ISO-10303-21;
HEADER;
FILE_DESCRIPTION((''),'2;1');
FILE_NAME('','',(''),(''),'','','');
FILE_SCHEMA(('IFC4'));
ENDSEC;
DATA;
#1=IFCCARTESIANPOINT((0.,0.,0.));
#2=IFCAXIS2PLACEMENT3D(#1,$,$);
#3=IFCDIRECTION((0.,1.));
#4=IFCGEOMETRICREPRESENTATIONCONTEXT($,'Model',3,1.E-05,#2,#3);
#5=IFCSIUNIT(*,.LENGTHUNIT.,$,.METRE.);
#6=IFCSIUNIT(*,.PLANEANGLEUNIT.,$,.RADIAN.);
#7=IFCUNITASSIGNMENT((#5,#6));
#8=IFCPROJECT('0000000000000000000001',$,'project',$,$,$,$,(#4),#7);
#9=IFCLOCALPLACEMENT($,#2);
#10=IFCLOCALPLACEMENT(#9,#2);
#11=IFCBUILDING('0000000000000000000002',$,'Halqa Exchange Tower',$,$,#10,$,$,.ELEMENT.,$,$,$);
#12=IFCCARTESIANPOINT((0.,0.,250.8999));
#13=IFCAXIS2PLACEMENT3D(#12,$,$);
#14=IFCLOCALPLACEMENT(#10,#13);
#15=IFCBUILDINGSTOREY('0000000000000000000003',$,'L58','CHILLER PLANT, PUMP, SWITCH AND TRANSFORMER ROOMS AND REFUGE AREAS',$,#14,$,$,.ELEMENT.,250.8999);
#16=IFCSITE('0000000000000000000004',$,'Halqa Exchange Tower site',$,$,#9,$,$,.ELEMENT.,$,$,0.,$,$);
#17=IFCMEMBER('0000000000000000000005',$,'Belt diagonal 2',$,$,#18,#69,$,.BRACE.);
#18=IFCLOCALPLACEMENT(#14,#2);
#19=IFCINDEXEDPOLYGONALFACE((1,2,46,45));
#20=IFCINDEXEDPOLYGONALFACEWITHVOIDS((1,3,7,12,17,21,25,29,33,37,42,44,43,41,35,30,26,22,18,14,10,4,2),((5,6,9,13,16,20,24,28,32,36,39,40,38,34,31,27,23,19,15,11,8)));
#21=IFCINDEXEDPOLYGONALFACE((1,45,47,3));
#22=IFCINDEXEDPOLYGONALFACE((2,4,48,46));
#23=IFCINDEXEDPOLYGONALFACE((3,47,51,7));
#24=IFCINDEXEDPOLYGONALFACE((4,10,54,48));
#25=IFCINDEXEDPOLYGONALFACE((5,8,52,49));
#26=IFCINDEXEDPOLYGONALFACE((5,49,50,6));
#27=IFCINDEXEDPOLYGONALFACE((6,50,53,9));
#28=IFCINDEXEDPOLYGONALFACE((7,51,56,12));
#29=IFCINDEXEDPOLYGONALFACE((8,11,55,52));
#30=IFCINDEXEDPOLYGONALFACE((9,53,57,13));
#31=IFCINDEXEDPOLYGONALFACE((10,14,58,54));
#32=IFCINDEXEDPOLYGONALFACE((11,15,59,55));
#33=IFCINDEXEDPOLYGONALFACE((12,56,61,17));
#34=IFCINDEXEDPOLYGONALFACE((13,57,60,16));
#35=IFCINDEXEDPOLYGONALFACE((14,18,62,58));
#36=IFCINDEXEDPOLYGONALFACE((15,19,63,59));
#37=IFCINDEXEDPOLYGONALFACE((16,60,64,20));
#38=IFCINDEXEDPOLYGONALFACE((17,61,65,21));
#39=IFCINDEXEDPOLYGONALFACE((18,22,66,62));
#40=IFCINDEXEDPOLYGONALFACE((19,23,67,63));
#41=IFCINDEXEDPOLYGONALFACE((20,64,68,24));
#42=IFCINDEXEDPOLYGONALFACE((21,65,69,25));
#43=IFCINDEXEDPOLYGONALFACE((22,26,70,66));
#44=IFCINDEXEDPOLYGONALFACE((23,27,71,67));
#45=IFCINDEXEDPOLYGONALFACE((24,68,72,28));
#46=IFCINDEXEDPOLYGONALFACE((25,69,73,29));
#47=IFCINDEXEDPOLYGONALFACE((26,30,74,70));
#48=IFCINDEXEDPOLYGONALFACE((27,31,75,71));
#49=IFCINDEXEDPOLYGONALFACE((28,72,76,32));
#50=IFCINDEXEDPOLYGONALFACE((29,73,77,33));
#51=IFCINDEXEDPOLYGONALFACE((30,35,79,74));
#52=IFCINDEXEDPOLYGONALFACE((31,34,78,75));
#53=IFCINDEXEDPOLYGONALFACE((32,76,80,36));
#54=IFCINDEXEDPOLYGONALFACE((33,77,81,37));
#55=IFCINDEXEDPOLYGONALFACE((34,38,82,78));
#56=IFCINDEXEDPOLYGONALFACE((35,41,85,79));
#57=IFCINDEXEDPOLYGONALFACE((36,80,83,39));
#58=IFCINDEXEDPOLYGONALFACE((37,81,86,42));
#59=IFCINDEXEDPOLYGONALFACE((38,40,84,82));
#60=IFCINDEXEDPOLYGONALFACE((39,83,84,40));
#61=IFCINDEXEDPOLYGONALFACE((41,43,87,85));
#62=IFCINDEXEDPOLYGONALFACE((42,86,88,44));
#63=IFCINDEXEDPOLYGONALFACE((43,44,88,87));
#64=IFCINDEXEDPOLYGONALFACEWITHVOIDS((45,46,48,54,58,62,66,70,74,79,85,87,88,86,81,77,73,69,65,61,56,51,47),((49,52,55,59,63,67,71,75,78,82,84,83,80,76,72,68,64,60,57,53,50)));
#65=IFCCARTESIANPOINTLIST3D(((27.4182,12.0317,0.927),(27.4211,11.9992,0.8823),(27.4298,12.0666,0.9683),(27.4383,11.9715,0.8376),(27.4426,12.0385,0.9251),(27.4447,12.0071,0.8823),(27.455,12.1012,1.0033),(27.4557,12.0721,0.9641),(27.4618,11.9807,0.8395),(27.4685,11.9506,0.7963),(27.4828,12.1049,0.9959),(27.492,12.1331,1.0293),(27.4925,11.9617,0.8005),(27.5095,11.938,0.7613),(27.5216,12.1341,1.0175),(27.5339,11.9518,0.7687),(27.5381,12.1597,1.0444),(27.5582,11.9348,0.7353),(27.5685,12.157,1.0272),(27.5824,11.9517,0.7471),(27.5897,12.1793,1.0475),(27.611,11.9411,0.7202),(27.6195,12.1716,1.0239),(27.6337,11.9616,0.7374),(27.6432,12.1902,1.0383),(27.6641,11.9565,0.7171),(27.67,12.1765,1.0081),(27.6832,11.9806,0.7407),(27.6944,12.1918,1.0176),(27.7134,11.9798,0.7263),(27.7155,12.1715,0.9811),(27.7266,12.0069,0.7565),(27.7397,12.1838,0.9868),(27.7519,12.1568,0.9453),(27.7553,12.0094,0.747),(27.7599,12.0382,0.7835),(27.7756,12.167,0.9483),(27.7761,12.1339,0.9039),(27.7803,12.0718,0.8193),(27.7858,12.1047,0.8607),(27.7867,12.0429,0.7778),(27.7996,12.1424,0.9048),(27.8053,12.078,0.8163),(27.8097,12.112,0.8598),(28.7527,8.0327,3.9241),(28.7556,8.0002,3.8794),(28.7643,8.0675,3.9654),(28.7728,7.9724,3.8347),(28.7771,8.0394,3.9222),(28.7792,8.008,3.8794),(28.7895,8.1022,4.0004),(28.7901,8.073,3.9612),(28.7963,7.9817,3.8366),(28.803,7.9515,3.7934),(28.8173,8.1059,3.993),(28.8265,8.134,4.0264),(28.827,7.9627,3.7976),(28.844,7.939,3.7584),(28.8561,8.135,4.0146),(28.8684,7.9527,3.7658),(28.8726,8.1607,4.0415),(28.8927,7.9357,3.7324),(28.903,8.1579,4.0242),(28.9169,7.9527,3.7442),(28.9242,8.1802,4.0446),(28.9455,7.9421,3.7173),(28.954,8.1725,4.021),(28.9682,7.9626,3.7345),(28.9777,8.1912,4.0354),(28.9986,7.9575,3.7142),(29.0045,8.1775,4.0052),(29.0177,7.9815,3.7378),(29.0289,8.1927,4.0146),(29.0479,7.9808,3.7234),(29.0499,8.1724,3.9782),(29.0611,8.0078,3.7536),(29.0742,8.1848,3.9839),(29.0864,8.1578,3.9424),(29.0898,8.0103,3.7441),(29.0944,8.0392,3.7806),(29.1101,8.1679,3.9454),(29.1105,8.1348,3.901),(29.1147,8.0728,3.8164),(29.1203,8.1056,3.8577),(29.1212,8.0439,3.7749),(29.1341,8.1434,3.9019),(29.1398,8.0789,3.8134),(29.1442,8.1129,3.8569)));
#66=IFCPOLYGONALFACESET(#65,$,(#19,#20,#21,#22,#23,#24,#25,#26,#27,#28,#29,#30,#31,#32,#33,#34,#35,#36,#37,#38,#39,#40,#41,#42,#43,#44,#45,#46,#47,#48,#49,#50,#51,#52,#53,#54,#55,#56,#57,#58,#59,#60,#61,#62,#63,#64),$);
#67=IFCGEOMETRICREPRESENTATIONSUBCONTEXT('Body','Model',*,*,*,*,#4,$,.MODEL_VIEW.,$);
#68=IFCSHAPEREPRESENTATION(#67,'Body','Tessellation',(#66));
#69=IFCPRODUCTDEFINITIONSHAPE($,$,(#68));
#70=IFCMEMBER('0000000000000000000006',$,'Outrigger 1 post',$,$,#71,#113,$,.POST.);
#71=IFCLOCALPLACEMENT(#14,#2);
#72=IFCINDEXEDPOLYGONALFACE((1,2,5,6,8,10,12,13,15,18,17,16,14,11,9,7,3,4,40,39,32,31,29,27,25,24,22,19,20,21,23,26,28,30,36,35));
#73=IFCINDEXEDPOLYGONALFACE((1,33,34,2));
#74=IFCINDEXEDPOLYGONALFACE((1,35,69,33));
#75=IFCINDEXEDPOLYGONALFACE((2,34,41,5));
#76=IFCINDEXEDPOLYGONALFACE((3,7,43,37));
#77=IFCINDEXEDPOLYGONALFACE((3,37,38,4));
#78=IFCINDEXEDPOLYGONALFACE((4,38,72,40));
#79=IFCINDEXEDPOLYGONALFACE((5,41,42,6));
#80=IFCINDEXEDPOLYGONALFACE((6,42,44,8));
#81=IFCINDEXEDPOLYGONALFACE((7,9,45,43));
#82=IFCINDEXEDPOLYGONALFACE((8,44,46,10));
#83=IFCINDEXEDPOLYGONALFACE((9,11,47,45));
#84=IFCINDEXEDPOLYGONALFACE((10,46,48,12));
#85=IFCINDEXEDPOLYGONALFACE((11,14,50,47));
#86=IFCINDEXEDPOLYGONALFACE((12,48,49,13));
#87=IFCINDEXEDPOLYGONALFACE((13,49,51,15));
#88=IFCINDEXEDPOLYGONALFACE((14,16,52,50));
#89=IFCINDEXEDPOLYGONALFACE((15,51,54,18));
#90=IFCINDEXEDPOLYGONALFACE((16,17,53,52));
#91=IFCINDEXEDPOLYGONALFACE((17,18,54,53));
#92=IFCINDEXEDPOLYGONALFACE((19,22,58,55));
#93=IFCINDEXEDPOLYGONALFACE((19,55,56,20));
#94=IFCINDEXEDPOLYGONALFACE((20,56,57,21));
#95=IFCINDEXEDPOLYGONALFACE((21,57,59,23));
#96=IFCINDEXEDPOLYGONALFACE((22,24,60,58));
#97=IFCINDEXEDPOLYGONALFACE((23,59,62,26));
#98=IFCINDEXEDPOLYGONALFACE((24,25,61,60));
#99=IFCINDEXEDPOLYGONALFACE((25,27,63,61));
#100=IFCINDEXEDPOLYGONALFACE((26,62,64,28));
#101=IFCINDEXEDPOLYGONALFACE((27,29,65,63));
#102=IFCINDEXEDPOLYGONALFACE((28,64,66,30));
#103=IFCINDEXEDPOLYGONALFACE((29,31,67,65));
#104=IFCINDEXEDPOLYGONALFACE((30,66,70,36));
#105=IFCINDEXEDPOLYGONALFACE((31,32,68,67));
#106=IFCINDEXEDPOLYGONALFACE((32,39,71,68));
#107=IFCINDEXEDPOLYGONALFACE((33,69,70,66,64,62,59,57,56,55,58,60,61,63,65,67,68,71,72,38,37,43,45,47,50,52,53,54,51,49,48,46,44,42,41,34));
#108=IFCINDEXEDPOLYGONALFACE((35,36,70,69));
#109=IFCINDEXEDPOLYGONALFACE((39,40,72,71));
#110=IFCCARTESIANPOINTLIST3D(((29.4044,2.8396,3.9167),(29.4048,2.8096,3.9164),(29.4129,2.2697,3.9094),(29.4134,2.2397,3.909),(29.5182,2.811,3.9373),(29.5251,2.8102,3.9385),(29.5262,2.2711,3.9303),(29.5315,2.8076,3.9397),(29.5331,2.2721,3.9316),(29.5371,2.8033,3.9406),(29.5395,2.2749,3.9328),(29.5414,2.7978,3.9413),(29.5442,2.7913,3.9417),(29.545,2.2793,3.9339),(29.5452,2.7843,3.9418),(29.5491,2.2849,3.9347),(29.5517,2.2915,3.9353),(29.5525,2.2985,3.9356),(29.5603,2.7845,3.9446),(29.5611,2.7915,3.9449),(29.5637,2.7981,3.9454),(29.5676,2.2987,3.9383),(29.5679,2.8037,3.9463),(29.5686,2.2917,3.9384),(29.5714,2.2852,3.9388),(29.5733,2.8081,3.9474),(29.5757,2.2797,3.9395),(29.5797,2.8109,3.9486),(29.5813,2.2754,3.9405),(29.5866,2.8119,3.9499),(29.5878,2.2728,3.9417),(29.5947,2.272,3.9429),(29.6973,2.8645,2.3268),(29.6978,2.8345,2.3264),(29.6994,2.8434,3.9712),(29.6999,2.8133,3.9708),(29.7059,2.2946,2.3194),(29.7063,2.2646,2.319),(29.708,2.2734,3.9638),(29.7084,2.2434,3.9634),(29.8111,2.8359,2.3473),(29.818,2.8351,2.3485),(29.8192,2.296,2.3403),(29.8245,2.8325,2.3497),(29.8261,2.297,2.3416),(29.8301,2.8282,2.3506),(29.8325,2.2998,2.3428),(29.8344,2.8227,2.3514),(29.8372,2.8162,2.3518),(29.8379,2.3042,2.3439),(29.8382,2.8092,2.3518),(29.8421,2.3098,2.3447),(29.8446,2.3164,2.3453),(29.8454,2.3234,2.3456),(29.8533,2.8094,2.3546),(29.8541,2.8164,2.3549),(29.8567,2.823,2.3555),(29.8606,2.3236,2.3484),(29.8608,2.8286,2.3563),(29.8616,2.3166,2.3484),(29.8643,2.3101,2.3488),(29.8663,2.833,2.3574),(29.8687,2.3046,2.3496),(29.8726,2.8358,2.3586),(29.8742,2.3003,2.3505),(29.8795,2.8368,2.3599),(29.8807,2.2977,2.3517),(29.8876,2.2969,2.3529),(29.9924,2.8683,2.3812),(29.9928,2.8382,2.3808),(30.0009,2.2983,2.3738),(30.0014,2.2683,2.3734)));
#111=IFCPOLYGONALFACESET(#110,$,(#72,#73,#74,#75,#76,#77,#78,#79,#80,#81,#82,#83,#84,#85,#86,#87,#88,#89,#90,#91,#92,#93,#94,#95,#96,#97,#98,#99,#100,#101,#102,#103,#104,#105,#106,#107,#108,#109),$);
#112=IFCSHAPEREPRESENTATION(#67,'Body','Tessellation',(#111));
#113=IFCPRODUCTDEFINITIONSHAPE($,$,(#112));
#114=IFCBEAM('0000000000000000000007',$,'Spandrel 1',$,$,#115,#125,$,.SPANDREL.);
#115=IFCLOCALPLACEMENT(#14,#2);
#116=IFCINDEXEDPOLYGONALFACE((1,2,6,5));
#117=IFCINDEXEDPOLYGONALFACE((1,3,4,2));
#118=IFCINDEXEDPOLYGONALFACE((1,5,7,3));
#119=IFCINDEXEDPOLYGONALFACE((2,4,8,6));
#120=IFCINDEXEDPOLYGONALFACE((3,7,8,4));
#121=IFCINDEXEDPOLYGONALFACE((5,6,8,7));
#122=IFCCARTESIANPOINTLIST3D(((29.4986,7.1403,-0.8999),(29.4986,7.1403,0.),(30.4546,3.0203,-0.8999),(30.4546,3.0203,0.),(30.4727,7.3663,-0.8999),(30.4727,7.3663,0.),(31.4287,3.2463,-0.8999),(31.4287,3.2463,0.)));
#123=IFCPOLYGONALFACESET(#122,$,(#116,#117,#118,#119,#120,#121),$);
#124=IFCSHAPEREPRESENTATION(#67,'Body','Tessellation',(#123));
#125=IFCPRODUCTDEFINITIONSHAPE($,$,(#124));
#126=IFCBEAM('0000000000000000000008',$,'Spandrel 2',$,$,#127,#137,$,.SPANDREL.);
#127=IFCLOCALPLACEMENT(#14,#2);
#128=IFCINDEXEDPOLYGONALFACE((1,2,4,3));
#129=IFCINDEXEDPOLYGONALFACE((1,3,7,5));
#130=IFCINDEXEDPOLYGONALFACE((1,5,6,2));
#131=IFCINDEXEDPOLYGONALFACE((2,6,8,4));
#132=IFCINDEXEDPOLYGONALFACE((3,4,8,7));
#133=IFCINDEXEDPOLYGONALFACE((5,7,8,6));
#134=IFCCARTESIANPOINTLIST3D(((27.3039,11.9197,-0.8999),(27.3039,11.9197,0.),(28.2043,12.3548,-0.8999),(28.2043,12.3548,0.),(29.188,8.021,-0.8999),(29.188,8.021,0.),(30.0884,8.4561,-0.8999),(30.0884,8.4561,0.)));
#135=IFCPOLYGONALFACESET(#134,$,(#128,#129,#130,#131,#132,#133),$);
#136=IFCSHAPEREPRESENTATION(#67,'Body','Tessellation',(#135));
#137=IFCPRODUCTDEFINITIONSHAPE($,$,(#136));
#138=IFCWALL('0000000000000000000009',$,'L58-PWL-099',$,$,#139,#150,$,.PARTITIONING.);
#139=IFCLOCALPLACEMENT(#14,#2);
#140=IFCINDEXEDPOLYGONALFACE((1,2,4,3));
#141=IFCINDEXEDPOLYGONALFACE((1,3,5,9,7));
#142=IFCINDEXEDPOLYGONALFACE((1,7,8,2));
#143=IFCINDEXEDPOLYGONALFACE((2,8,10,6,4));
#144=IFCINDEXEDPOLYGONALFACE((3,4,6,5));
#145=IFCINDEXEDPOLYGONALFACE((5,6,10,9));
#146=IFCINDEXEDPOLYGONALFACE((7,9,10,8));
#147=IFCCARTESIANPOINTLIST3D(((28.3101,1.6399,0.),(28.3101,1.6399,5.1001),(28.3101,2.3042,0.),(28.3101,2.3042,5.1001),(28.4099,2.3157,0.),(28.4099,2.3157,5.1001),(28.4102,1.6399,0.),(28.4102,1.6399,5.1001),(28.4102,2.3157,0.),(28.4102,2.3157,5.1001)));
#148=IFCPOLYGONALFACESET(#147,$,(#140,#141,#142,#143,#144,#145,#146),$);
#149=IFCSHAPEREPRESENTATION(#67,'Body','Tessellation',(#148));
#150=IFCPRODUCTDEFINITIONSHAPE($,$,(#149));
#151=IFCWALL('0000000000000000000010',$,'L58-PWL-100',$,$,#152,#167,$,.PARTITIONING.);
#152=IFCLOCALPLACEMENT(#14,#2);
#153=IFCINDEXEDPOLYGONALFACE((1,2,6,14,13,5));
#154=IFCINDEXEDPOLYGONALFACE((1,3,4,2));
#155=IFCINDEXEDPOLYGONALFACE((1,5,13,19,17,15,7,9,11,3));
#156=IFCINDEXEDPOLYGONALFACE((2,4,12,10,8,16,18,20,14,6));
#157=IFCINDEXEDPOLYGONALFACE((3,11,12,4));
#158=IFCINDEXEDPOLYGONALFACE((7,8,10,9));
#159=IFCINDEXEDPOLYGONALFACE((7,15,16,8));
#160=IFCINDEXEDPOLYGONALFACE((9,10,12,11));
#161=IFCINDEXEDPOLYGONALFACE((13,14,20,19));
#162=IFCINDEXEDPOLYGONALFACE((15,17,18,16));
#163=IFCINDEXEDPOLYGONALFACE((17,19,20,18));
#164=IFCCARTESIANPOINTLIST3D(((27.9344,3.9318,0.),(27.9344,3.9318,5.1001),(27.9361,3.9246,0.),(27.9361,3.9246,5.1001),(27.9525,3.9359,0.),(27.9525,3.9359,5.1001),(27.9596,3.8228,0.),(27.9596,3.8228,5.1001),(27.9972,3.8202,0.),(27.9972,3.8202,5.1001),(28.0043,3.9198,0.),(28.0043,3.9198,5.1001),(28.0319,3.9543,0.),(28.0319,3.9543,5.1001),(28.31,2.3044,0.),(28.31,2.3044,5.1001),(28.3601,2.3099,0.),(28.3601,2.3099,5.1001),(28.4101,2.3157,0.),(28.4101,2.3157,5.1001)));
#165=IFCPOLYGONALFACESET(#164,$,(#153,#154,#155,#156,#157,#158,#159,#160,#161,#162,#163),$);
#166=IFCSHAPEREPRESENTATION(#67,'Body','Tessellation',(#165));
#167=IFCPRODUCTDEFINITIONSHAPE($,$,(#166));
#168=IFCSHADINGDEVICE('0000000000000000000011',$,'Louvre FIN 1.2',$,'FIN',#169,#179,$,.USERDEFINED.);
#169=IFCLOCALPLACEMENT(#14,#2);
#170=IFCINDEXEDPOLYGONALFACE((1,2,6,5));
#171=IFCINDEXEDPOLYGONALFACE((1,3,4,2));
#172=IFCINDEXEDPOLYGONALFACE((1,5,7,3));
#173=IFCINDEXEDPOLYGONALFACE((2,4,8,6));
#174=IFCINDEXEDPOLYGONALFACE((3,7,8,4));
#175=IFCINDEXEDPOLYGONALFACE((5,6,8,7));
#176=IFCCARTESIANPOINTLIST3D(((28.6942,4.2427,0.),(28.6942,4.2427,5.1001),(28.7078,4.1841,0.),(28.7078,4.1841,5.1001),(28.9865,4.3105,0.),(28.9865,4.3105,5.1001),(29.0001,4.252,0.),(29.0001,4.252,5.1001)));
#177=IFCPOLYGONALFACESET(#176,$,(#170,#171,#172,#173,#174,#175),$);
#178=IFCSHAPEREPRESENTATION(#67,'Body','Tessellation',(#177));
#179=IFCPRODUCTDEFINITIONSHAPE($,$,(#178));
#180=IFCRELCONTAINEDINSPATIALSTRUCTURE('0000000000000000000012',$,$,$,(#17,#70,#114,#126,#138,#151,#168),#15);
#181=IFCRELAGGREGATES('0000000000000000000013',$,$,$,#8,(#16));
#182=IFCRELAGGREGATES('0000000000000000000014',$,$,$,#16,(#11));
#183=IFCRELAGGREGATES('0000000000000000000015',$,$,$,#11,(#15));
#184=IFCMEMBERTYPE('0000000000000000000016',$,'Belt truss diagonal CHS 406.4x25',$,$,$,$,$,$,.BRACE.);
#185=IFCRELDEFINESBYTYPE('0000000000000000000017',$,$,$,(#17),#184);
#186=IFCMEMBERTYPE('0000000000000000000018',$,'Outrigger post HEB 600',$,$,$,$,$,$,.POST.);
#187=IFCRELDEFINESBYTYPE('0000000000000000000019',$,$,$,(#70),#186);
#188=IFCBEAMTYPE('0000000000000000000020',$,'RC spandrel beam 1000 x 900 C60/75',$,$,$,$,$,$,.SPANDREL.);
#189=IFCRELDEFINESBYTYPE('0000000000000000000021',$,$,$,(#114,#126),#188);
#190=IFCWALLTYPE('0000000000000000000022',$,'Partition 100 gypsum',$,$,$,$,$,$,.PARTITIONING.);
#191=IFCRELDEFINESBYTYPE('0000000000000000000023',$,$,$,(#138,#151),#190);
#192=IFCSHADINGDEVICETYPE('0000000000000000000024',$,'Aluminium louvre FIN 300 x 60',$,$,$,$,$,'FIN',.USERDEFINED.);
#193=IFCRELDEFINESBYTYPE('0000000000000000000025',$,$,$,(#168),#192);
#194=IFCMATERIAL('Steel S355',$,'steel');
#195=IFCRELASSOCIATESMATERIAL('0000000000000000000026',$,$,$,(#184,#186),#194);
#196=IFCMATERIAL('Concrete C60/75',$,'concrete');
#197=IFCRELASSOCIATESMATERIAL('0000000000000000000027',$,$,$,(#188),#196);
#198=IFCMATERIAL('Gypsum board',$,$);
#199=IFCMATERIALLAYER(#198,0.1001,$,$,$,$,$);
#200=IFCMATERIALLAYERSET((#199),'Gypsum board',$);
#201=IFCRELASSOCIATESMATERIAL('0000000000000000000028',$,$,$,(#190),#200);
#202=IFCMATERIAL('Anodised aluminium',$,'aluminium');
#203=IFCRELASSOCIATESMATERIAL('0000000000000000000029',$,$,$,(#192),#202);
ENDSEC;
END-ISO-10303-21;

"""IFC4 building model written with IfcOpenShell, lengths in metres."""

from ifc_helpers import new_model, si_unit, direction, frame, origin, origin_2d, place, context, subcontext, project, spatial, polyline, rectangle, hollow_circle, i_section, outline, extrude, material, layer, layer_set, material_profile, profile_set, type_object, element, save


model = new_model("IFC4")

# Units and contexts
model_context = context("Model", 3, precision=1e-05, world=origin(), true_north=direction((0.0, 1.0)))
body_context = subcontext(model_context, "Body", "Model", "MODEL_VIEW")
ifc_project = project(units=[si_unit("LENGTHUNIT", "METRE"), si_unit("PLANEANGLEUNIT", "RADIAN")], contexts=[model_context])

# Site, building, storey
site_placement = place(None, origin())
site = spatial("IfcSite", under=ifc_project, at=site_placement, Name="Halqa Exchange Tower site", CompositionType="ELEMENT", RefElevation=0.0)
building_placement = place(site_placement, origin())
building = spatial("IfcBuilding", under=site, at=building_placement, Name="Halqa Exchange Tower", CompositionType="ELEMENT")
storey_placement = place(building_placement, frame((0.0, 0.0, 250.8999)))
storey = spatial("IfcBuildingStorey", under=building, at=storey_placement, Name="L58", Description="CHILLER PLANT, PUMP, SWITCH AND TRANSFORMER ROOMS AND REFUGE AREAS", CompositionType="ELEMENT", Elevation=250.8999)

# Shared definitions
ifc_material_1 = material(Name="Concrete C60/75", Category="concrete")

# Members
ifc_material_2 = material(Name="Steel S355", Category="steel")
ifc_material_profile_1 = material_profile(ifc_material_2, hollow_circle(Radius=0.2031, WallThickness=0.0249, at=origin_2d()), Name="CHS 406.4x25")
ifc_profile_set_1 = profile_set([ifc_material_profile_1], Name="Steel S355")
member_type_1 = type_object("IfcMemberType", Name="Belt truss diagonal CHS 406.4x25", PredefinedType="BRACE", material=ifc_profile_set_1)
member_1_placement = place(storey_placement, frame((28.9482, 8.0645, 3.8794), z_axis=(-0.25799, 0.773122, -0.579417), x_axis=(-0.948579, -0.31654, 0.0)))
element("IfcMember", 1, at=member_1_placement, inside=storey, type_object=member_type_1, Name="Belt diagonal 2", PredefinedType="BRACE", context=body_context, shape_type="SweptSolid", body=[
    extrude(hollow_circle(Radius=0.2031, WallThickness=0.0249, at=origin_2d()), origin(), (0.0, 0.0, 1.0), 5.1726),
])
ifc_material_profile_2 = material_profile(ifc_material_2, i_section(OverallWidth=0.3, OverallDepth=0.6001, WebThickness=0.0154, FlangeThickness=0.03, FilletRadius=0.0271, at=origin_2d()), Name="HEB 600")
ifc_profile_set_2 = profile_set([ifc_material_profile_2], Name="Steel S355")
member_type_2 = type_object("IfcMemberType", Name="Outrigger post HEB 600", PredefinedType="POST", material=ifc_profile_set_2)
member_2_placement = place(storey_placement, frame((29.8494, 2.5664, 2.3501), z_axis=(-0.181176, -0.0154, 0.98333), x_axis=(0.983337, 0.012387, 0.181371)))
element("IfcMember", 2, at=member_2_placement, inside=storey, type_object=member_type_2, Name="Outrigger 1 post", PredefinedType="POST", context=body_context, shape_type="SweptSolid", body=[
    extrude(i_section(OverallWidth=0.3, OverallDepth=0.6001, WebThickness=0.0154, FlangeThickness=0.03, FilletRadius=0.0271, at=origin_2d()), origin(), (0.0, 0.0, 1.0), 1.6169),
])

# Beams
ifc_material_profile_3 = material_profile(ifc_material_1, rectangle(XDim=1.0, YDim=0.8999, at=origin_2d()), Name="1000 x 900")
ifc_profile_set_3 = profile_set([ifc_material_profile_3], Name="Concrete C60/75")
beam_type = type_object("IfcBeamType", Name="RC spandrel beam 1000 x 900 C60/75", PredefinedType="SPANDREL", material=ifc_profile_set_3)
beam_1_placement = place(storey_placement, frame((30.9417, 3.1333, -0.45), z_axis=(-0.22604, 0.974118, 0.0), x_axis=(-0.974118, -0.22604, 0.0)))
element("IfcBeam", 3, at=beam_1_placement, inside=storey, type_object=beam_type, Name="Spandrel 1", PredefinedType="SPANDREL", context=body_context, shape_type="SweptSolid", body=[
    extrude(rectangle(XDim=1.0, YDim=0.8999, at=origin_2d()), origin(), (0.0, 0.0, 1.0), 4.2295),
])
beam_2_placement = place(storey_placement, frame((29.6382, 8.2385, -0.45), z_axis=(-0.435107, 0.900379, 0.0), x_axis=(-0.900379, -0.435107, 0.0)))
element("IfcBeam", 4, at=beam_2_placement, inside=storey, type_object=beam_type, Name="Spandrel 2", PredefinedType="SPANDREL", context=body_context, shape_type="SweptSolid", body=[
    extrude(rectangle(XDim=1.0, YDim=0.8999, at=origin_2d()), origin(), (0.0, 0.0, 1.0), 4.3301),
])

# Walls
ifc_material_3 = material(Name="Gypsum board")
ifc_layer_1 = layer(ifc_material_3, 0.1001)
ifc_layer_set_1 = layer_set([ifc_layer_1], Name="Gypsum board")
wall_type = type_object("IfcWallType", Name="Partition 100 gypsum", PredefinedType="PARTITIONING", material=ifc_layer_set_1)
wall_1_placement = place(storey_placement, frame((28.3601, 1.6399, 0.0), z_axis=(0.0, 0.0, 1.0), x_axis=(0.0, 1.0, 0.0)))
element("IfcWall", 5, at=wall_1_placement, inside=storey, type_object=wall_type, Name="L58-PWL-099", PredefinedType="PARTITIONING", context=body_context, shape_type="SweptSolid", body=[
    extrude(outline(polyline([(0.6758, -0.05), (0.6758, -0.0498), (0.6643, 0.05), (0.0, 0.05), (0.0, -0.05), (0.6758, -0.05)])), origin(), (0.0, 0.0, 1.0), 5.1001),
])
wall_2_placement = place(storey_placement, frame((28.3613, 2.3044, 0.0), z_axis=(0.0, 0.0, 1.0), x_axis=(-0.22487, 0.974389, 0.0)))
element("IfcWall", 6, at=wall_2_placement, inside=storey, type_object=wall_type, Name="L58-PWL-100", PredefinedType="PARTITIONING", context=body_context, shape_type="SweptSolid", body=[
    extrude(outline(polyline([(1.6816, -0.05), (1.6816, 0.0315), (1.6816, 0.05), (1.6743, 0.05), (1.6543, -0.0154), (1.5588, 0.0139), (1.5698, 0.05), (0.0115, 0.05), (0.0056, 0.0), (0.0, -0.05), (0.0, -0.05), (0.0, -0.05), (1.6816, -0.05)])), origin(), (0.0, 0.0, 1.0), 5.1001),
])

# Shading device
ifc_material_4 = material(Name="Anodised aluminium", Category="aluminium")
ifc_material_profile_4 = material_profile(ifc_material_4, rectangle(XDim=0.3, YDim=0.0601, at=origin_2d()), Name="AL FIN 300x60")
ifc_profile_set_4 = profile_set([ifc_material_profile_4], Name="Anodised aluminium")
shading_device_type = type_object("IfcShadingDeviceType", Name="Aluminium louvre FIN 300 x 60", ElementType="FIN", PredefinedType="USERDEFINED", material=ifc_profile_set_4)
for number, where, z_axis, x_axis, name in (
    (7, (28.8472, 4.2473, 0.0), (0.0, 0.0, 1.0), (-0.974113, -0.226061, 0.0), "Louvre FIN 1.2"),
):
    element("IfcShadingDevice", number, at=place(storey_placement, frame(where, z_axis=z_axis, x_axis=x_axis)), inside=storey, type_object=shading_device_type, Name=name, ObjectType="FIN", PredefinedType="USERDEFINED", context=body_context, shape_type="SweptSolid", body=[
        extrude(rectangle(XDim=0.3, YDim=0.0601, at=origin_2d()), origin(), (0.0, 0.0, 1.0), 5.1001),
    ])

save(model, "model.ifc")
